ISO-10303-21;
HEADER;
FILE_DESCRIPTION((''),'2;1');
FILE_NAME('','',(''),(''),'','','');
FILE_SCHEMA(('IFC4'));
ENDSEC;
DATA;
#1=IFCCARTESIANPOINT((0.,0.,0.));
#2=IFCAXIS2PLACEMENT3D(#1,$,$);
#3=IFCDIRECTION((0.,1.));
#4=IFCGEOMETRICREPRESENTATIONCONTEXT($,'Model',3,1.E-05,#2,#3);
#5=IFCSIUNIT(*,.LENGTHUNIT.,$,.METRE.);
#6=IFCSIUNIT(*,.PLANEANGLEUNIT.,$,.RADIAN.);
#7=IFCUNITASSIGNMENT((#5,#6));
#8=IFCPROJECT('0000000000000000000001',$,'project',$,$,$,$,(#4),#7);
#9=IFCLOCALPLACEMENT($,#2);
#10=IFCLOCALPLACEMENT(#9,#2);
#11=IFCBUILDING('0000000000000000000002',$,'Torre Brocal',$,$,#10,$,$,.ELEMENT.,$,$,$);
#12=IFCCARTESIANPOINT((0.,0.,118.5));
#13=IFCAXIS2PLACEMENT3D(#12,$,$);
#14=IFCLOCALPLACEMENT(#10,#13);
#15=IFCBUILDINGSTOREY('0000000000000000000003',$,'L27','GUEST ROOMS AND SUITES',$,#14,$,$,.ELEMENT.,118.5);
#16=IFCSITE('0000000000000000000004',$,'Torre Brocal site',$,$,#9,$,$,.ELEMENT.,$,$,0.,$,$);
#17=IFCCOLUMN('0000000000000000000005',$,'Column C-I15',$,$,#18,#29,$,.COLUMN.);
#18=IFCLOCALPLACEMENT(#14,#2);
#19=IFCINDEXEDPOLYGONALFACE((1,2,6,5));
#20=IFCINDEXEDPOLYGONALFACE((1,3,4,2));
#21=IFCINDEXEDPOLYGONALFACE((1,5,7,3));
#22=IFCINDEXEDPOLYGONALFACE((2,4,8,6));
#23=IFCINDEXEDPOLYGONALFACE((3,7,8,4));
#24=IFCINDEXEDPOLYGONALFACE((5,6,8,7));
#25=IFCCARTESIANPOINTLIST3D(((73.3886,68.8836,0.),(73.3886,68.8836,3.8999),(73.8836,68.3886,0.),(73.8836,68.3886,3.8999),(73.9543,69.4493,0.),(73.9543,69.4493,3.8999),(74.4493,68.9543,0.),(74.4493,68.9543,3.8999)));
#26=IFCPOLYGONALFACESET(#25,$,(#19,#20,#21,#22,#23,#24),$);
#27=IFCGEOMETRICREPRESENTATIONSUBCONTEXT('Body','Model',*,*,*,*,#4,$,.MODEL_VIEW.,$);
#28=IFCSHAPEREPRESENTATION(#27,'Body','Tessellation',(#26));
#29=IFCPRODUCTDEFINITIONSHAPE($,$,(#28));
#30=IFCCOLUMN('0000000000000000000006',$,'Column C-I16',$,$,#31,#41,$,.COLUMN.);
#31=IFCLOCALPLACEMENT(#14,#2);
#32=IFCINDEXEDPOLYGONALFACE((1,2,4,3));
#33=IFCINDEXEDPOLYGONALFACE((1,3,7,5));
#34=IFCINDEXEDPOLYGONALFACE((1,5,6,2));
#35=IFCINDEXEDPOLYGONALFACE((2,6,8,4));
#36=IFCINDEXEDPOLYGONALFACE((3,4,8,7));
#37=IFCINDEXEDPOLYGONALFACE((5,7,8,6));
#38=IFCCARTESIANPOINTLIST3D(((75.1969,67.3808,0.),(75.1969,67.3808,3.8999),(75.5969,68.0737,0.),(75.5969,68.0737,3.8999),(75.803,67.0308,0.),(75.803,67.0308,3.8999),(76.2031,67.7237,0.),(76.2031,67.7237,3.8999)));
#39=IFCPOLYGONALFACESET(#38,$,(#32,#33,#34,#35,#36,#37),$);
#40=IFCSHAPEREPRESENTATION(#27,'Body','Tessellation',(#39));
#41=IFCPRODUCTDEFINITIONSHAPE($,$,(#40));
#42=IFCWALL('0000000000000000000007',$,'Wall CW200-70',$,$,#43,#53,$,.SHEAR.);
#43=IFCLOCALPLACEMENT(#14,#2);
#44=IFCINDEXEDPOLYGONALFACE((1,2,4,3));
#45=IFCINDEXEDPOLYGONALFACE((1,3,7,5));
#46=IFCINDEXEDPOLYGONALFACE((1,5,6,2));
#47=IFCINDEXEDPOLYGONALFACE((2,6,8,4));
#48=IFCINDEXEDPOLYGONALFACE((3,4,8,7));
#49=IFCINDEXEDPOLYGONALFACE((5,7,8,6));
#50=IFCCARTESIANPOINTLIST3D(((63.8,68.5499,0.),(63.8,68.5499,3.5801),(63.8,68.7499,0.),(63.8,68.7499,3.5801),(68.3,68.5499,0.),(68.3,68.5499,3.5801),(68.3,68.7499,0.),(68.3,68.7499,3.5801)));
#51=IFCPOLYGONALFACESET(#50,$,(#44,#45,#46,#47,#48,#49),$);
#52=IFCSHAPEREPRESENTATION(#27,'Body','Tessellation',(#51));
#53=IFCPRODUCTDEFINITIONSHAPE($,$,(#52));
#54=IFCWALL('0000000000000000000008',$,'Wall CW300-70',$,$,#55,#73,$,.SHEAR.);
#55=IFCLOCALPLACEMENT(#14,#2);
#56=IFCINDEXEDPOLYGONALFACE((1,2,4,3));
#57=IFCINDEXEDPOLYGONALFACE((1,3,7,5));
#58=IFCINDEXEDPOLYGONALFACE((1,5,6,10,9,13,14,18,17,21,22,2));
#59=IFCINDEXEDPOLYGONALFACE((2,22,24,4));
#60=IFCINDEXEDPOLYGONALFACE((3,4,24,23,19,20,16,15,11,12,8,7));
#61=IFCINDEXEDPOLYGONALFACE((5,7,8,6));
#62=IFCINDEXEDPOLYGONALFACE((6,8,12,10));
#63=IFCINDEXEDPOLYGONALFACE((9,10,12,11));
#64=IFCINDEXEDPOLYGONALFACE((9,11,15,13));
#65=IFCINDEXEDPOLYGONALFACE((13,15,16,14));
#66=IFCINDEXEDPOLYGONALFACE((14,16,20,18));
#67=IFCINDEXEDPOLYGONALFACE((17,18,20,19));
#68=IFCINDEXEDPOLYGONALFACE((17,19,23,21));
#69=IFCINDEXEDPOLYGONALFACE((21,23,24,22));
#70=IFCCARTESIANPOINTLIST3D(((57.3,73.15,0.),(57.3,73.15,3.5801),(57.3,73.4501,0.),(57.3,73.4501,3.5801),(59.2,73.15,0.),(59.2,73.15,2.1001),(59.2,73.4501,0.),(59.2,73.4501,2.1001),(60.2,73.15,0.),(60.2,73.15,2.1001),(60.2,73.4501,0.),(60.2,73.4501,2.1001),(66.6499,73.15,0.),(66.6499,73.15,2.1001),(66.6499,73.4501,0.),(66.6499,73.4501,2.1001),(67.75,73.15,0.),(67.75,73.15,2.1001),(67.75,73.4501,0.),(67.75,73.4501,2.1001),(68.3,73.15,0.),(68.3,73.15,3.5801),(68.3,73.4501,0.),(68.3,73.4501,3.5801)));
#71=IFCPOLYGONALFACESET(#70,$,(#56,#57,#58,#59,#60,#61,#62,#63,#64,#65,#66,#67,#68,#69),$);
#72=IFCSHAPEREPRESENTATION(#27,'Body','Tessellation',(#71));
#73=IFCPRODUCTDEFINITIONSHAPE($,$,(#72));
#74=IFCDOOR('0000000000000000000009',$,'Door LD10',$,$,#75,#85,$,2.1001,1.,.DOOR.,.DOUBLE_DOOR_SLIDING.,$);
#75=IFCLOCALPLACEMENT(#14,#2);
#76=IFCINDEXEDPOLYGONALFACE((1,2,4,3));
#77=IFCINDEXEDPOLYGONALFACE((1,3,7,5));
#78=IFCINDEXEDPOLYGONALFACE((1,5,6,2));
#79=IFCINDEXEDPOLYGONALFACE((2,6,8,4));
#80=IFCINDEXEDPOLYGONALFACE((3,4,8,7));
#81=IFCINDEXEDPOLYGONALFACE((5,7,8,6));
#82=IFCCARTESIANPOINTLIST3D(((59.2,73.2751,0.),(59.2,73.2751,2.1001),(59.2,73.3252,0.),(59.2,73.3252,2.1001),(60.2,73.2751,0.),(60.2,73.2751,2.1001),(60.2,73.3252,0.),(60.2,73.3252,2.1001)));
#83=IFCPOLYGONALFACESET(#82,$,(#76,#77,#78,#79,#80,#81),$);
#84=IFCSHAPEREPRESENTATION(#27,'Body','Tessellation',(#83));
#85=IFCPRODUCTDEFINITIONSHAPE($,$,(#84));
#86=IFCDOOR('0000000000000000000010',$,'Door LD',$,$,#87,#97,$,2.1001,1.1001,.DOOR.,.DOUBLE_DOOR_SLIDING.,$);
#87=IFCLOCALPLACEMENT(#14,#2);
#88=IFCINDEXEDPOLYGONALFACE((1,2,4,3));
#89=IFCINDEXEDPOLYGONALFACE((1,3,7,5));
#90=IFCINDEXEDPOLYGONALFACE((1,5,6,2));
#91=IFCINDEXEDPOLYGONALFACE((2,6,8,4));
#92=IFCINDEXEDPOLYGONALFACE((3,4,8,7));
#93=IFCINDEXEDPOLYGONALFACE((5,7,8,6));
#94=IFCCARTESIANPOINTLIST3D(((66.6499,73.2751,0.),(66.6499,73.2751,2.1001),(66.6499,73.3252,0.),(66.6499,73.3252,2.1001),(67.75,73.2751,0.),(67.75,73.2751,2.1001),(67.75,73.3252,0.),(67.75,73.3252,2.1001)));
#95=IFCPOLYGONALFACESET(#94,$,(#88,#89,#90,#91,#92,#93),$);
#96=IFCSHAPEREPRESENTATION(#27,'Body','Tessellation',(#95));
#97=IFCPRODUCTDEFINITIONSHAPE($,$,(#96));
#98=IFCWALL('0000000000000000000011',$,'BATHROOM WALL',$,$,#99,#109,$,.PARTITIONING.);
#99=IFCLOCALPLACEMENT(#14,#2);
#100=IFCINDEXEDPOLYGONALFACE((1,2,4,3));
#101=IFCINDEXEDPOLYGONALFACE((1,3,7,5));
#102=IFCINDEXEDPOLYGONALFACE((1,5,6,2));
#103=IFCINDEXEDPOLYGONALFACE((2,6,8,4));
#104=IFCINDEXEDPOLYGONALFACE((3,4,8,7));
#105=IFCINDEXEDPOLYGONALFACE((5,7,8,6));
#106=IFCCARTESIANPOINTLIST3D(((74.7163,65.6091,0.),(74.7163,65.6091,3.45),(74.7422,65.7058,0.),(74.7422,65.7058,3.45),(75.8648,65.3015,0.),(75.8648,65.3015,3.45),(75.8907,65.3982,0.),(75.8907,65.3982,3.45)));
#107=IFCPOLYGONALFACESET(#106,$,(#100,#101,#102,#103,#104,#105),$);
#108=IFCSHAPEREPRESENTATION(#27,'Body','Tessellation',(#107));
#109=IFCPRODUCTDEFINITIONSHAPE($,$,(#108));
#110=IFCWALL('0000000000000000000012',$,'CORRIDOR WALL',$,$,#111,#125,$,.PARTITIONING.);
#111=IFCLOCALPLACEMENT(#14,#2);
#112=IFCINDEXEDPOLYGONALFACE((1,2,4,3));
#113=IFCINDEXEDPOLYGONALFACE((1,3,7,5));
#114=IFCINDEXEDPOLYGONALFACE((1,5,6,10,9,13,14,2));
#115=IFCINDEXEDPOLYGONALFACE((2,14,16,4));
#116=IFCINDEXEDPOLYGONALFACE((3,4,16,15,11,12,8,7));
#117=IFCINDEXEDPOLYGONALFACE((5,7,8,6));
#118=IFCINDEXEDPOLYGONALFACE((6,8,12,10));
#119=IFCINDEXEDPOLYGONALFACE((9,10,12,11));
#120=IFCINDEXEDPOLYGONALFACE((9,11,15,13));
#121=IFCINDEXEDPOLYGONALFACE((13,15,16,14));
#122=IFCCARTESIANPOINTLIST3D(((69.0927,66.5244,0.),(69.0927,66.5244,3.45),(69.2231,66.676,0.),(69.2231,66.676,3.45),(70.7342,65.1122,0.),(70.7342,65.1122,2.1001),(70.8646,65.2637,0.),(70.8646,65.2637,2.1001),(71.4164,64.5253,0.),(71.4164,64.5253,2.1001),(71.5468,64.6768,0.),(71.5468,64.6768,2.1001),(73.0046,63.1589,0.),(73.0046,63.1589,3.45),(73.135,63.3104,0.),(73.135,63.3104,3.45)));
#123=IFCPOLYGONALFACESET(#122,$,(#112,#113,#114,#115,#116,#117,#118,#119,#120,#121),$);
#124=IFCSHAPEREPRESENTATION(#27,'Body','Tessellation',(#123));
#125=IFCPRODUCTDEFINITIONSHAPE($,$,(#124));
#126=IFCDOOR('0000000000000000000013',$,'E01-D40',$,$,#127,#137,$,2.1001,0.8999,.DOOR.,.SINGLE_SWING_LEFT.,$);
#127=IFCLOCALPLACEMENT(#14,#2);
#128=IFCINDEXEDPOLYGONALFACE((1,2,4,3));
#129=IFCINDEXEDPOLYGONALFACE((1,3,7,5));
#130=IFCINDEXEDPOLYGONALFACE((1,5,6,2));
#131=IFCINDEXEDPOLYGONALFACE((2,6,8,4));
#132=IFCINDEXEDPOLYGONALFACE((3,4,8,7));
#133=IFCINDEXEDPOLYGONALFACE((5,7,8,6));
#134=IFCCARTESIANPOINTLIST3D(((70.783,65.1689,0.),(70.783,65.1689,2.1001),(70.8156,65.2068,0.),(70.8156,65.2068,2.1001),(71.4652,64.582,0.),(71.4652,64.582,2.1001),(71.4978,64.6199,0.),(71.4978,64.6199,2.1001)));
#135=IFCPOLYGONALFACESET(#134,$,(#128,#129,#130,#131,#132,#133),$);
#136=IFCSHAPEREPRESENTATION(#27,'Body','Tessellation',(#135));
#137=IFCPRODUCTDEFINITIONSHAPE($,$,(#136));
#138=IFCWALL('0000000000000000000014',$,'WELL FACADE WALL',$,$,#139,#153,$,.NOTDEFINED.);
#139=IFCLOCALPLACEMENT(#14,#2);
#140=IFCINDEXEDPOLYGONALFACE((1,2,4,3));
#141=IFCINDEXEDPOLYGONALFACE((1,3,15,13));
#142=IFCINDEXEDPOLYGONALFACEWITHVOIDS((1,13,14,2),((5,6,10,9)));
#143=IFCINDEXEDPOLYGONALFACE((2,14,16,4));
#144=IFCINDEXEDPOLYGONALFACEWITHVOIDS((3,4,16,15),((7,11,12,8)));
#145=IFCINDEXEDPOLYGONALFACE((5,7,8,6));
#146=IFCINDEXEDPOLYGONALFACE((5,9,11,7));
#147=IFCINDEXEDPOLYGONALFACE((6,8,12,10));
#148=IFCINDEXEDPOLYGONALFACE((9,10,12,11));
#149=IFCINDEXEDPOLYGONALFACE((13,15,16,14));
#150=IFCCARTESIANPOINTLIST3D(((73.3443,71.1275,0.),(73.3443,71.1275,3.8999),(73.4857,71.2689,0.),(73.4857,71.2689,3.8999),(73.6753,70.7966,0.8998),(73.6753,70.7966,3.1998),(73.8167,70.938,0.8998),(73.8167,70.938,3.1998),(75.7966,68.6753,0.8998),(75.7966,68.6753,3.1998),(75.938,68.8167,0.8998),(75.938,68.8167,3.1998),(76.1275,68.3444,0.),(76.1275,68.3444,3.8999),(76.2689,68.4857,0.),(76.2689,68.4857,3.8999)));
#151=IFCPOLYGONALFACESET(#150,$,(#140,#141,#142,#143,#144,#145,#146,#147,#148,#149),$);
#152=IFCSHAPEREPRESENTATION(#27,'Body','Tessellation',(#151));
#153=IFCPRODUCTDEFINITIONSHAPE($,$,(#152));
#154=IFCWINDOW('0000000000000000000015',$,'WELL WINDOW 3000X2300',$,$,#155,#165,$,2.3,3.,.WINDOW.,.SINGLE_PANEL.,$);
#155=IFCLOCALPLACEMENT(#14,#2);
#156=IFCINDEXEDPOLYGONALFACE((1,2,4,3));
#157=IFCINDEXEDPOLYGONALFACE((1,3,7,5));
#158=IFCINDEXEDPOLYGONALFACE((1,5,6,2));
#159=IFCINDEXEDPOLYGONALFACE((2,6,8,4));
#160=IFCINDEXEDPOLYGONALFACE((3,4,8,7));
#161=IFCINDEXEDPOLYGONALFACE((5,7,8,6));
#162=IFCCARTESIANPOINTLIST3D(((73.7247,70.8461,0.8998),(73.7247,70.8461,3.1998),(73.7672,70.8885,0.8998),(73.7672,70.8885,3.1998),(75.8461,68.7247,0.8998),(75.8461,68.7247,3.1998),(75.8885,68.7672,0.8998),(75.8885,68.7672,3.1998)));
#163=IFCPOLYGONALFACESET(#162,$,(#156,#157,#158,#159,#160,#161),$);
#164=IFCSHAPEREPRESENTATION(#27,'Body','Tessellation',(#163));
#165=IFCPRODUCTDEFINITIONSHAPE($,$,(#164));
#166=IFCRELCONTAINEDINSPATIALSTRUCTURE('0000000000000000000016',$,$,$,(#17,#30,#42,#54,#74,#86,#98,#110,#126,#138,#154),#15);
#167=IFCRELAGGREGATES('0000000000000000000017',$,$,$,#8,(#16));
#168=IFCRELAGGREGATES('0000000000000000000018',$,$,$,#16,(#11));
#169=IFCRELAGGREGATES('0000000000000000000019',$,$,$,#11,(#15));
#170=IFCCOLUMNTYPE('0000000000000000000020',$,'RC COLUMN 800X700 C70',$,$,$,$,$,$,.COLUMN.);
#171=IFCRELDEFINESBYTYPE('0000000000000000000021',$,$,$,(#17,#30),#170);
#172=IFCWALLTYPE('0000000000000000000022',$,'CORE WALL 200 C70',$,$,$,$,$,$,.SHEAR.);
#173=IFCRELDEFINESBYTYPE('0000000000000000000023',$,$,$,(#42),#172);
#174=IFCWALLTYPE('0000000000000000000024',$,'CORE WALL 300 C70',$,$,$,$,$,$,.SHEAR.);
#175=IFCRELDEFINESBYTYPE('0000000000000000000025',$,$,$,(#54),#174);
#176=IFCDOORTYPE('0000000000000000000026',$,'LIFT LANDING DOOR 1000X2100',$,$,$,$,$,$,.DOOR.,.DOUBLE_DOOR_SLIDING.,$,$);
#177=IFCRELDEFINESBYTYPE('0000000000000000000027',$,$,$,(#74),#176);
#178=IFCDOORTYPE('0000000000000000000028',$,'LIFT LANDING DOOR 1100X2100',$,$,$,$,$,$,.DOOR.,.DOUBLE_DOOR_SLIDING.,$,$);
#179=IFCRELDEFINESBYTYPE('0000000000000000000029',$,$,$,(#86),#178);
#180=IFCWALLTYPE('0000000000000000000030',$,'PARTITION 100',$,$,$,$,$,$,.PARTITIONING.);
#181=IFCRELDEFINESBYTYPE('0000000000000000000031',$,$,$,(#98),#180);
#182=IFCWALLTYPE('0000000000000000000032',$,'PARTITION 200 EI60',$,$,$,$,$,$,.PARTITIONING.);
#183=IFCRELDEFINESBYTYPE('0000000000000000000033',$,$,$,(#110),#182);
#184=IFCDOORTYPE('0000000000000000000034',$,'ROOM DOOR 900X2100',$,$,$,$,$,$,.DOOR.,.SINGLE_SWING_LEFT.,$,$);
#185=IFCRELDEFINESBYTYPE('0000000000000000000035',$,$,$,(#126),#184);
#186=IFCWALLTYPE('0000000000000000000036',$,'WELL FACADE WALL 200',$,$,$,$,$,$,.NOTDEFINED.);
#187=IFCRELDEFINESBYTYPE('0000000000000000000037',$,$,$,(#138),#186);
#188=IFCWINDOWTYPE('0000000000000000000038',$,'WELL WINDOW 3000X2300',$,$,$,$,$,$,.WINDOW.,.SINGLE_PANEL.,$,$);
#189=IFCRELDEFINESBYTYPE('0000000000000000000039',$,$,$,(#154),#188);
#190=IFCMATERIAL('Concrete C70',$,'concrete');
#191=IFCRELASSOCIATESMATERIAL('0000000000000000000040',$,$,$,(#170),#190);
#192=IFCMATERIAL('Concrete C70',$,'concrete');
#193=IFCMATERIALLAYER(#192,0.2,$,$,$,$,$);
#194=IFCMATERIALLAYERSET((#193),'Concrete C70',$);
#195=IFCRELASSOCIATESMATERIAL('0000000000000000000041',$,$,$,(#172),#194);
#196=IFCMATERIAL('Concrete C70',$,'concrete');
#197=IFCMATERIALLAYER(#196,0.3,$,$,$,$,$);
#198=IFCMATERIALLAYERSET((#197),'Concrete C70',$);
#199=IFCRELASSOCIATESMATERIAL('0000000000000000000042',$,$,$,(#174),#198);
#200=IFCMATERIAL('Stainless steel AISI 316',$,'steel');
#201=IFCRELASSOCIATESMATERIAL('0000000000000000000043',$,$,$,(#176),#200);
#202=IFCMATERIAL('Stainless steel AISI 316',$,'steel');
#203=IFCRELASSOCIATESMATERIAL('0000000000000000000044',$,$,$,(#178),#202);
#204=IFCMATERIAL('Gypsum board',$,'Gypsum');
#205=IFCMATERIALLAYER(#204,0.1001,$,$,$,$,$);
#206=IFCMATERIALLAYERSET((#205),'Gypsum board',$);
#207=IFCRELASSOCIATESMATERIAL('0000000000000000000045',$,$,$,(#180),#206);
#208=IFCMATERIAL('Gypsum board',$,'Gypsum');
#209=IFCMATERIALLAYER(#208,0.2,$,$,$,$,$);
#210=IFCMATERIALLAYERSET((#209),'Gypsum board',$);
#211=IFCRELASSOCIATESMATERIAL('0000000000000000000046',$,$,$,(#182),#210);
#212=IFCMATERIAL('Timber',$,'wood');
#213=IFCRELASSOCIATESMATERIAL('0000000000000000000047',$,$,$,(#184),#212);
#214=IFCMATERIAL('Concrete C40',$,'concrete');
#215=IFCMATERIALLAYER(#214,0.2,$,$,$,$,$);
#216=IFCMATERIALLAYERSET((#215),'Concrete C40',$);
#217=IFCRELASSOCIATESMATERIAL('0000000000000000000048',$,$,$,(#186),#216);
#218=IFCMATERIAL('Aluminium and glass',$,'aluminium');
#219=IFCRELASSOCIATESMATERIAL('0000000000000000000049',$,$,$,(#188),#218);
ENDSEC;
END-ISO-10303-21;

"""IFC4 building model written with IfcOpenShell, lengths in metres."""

from ifc_helpers import new_model, si_unit, direction, frame, frame_2d, origin, origin_2d, place, context, subcontext, project, spatial, rectangle, extrude, material, layer, layer_set, material_profile, profile_set, type_object, element, fill, save


model = new_model("IFC4")

# Units and contexts
model_context = context("Model", 3, precision=1e-05, world=origin(), true_north=direction((0.0, 1.0)))
body_context = subcontext(model_context, "Body", "Model", "MODEL_VIEW")
ifc_project = project(units=[si_unit("LENGTHUNIT", "METRE"), si_unit("PLANEANGLEUNIT", "RADIAN")], contexts=[model_context])

# Site, building, storey
site_placement = place(None, origin())
site = spatial("IfcSite", under=ifc_project, at=site_placement, Name="Torre Brocal site", CompositionType="ELEMENT", RefElevation=0.0)
building_placement = place(site_placement, origin())
building = spatial("IfcBuilding", under=site, at=building_placement, Name="Torre Brocal", CompositionType="ELEMENT")
storey_placement = place(building_placement, frame((0.0, 0.0, 118.5)))
storey = spatial("IfcBuildingStorey", under=building, at=storey_placement, Name="L27", Description="GUEST ROOMS AND SUITES", CompositionType="ELEMENT", Elevation=118.5)

# Columns
ifc_material_1 = material(Name="Concrete C70", Category="concrete")
ifc_material_profile = material_profile(ifc_material_1, rectangle(XDim=0.8, YDim=0.7, at=origin_2d()), Name="RC 800X700")
ifc_profile_set = profile_set([ifc_material_profile], Name="Concrete C70")
column_type = type_object("IfcColumnType", Name="RC COLUMN 800X700 C70", PredefinedType="COLUMN", material=ifc_profile_set)
for number, where, z_axis, x_axis, name in (
    (1, (73.9189, 68.9189, 0.0), (0.0, 0.0, 1.0), (-0.707107, -0.707107, 0.0), "Column C-I15"),
    (2, (75.7, 67.5522, 0.0), (0.0, 0.0, 1.0), (-0.5, -0.866025, 0.0), "Column C-I16"),
):
    element("IfcColumn", number, at=place(storey_placement, frame(where, z_axis=z_axis, x_axis=x_axis)), inside=storey, type_object=column_type, Name=name, PredefinedType="COLUMN", context=body_context, shape_type="SweptSolid", body=[
        extrude(rectangle(XDim=0.8, YDim=0.7, at=origin_2d()), origin(), (0.0, 0.0, 1.0), 3.8999),
    ])

# Wall
ifc_material_2 = material(Name="Concrete C70", Category="concrete")
ifc_layer_1 = layer(ifc_material_2, 0.2)
ifc_layer_set_1 = layer_set([ifc_layer_1], Name="Concrete C70")
wall_type_1 = type_object("IfcWallType", Name="CORE WALL 200 C70", PredefinedType="SHEAR", material=ifc_layer_set_1)
wall_1_placement = place(storey_placement, frame((68.3, 68.6499, 0.0), z_axis=(0.0, 0.0, 1.0), x_axis=(-1.0, 0.0, 0.0)))
element("IfcWall", 3, at=wall_1_placement, inside=storey, type_object=wall_type_1, Name="Wall CW200-70", PredefinedType="SHEAR", context=body_context, shape_type="SweptSolid", body=[
    extrude(rectangle(XDim=4.5, YDim=0.2, at=frame_2d((2.25, 0.0))), origin(), (0.0, 0.0, 1.0), 3.5801),
])

# Wall, openings, doors
ifc_material_3 = material(Name="Concrete C70", Category="concrete")
ifc_layer_2 = layer(ifc_material_3, 0.3)
ifc_layer_set_2 = layer_set([ifc_layer_2], Name="Concrete C70")
wall_type_2 = type_object("IfcWallType", Name="CORE WALL 300 C70", PredefinedType="SHEAR", material=ifc_layer_set_2)
wall_2_placement = place(storey_placement, frame((68.3, 73.3, 0.0), z_axis=(0.0, 0.0, 1.0), x_axis=(-1.0, 0.0, 0.0)))
wall_2 = element("IfcWall", 4, at=wall_2_placement, inside=storey, type_object=wall_type_2, Name="Wall CW300-70", PredefinedType="SHEAR", context=body_context, shape_type="SweptSolid", body=[
    extrude(rectangle(XDim=11.0, YDim=0.3, at=frame_2d((5.5, 0.0))), origin(), (0.0, 0.0, 1.0), 3.5801),
])
opening_1_placement = place(wall_2_placement, frame((0.55, 0.0, 0.0)))
opening_1 = element("IfcOpeningElement", 5, at=opening_1_placement, cuts=wall_2, PredefinedType="OPENING", context=body_context, shape_type="SweptSolid", body=[
    extrude(rectangle(XDim=1.1001, YDim=2.1001, at=frame_2d((0.55, 1.05))), frame((0.0, 0.1599, 0.0), z_axis=(0.0, -1.0, 0.0), x_axis=(1.0, 0.0, 0.0)), (0.0, 0.0, 1.0), 0.3201),
])
opening_2_placement = place(wall_2_placement, frame((8.1001, 0.0, 0.0)))
opening_2 = element("IfcOpeningElement", 6, at=opening_2_placement, cuts=wall_2, PredefinedType="OPENING", context=body_context, shape_type="SweptSolid", body=[
    extrude(rectangle(XDim=1.0, YDim=2.1001, at=frame_2d((0.5, 1.05))), frame((0.0, 0.1599, 0.0), z_axis=(0.0, -1.0, 0.0), x_axis=(1.0, 0.0, 0.0)), (0.0, 0.0, 1.0), 0.3201),
])
ifc_material_4 = material(Name="Stainless steel AISI 316", Category="steel")
door_type_1 = type_object("IfcDoorType", Name="LIFT LANDING DOOR 1000X2100", OperationType="DOUBLE_DOOR_SLIDING", PredefinedType="DOOR", material=ifc_material_4)
door_1_placement = place(opening_2_placement, origin())
door_1 = element("IfcDoor", 7, at=door_1_placement, inside=storey, type_object=door_type_1, Name="Door LD10", OperationType="DOUBLE_DOOR_SLIDING", OverallHeight=2.1001, OverallWidth=1.0, PredefinedType="DOOR", context=body_context, shape_type="SweptSolid", body=[
    extrude(rectangle(XDim=1.0, YDim=2.1001, at=frame_2d((0.5, 1.05))), frame((0.0, 0.0249, 0.0), z_axis=(0.0, -1.0, 0.0), x_axis=(1.0, 0.0, 0.0)), (0.0, 0.0, 1.0), 0.05),
])
fill(opening_2, door_1)
ifc_material_5 = material(Name="Stainless steel AISI 316", Category="steel")
door_type_2 = type_object("IfcDoorType", Name="LIFT LANDING DOOR 1100X2100", OperationType="DOUBLE_DOOR_SLIDING", PredefinedType="DOOR", material=ifc_material_5)
door_2_placement = place(opening_1_placement, origin())
door_2 = element("IfcDoor", 8, at=door_2_placement, inside=storey, type_object=door_type_2, Name="Door LD", OperationType="DOUBLE_DOOR_SLIDING", OverallHeight=2.1001, OverallWidth=1.1001, PredefinedType="DOOR", context=body_context, shape_type="SweptSolid", body=[
    extrude(rectangle(XDim=1.1001, YDim=2.1001, at=frame_2d((0.55, 1.05))), frame((0.0, 0.0249, 0.0), z_axis=(0.0, -1.0, 0.0), x_axis=(1.0, 0.0, 0.0)), (0.0, 0.0, 1.0), 0.05),
])
fill(opening_1, door_2)

# Wall
ifc_material_6 = material(Name="Gypsum board", Category="Gypsum")
ifc_layer_3 = layer(ifc_material_6, 0.1001)
ifc_layer_set_3 = layer_set([ifc_layer_3], Name="Gypsum board")
wall_type_3 = type_object("IfcWallType", Name="PARTITION 100", PredefinedType="PARTITIONING", material=ifc_layer_set_3)
wall_3_placement = place(storey_placement, frame((74.7292, 65.6575, 0.0), z_axis=(0.0, 0.0, 1.0), x_axis=(0.965948, -0.258736, 0.0)))
element("IfcWall", 9, at=wall_3_placement, inside=storey, type_object=wall_type_3, Name="BATHROOM WALL", PredefinedType="PARTITIONING", context=body_context, shape_type="SweptSolid", body=[
    extrude(rectangle(XDim=1.189, YDim=0.1001, at=frame_2d((0.5945, 0.0))), origin(), (0.0, 0.0, 1.0), 3.45),
])

# Wall, opening, door
ifc_material_7 = material(Name="Gypsum board", Category="Gypsum")
ifc_layer_4 = layer(ifc_material_7, 0.2)
ifc_layer_set_4 = layer_set([ifc_layer_4], Name="Gypsum board")
wall_type_4 = type_object("IfcWallType", Name="PARTITION 200 EI60", PredefinedType="PARTITIONING", material=ifc_layer_set_4)
wall_4_placement = place(storey_placement, frame((69.158, 66.6001, 0.0), z_axis=(0.0, 0.0, 1.0), x_axis=(0.758063, -0.652181, 0.0)))
wall_4 = element("IfcWall", 10, at=wall_4_placement, inside=storey, type_object=wall_type_4, Name="CORRIDOR WALL", PredefinedType="PARTITIONING", context=body_context, shape_type="SweptSolid", body=[
    extrude(rectangle(XDim=5.1604, YDim=0.2, at=frame_2d((2.5801, 0.0))), origin(), (0.0, 0.0, 1.0), 3.45),
])
opening_3_placement = place(wall_4_placement, frame((2.1653, 0.0, 0.0)))
opening_3 = element("IfcOpeningElement", 11, at=opening_3_placement, cuts=wall_4, PredefinedType="OPENING", context=body_context, shape_type="SweptSolid", body=[
    extrude(rectangle(XDim=0.8999, YDim=2.1001, at=frame_2d((0.45, 1.05))), frame((0.0, 0.1099, 0.0), z_axis=(0.0, -1.0, 0.0), x_axis=(1.0, 0.0, 0.0)), (0.0, 0.0, 1.0), 0.22),
])
ifc_material_8 = material(Name="Timber", Category="wood")
door_type_3 = type_object("IfcDoorType", Name="ROOM DOOR 900X2100", OperationType="SINGLE_SWING_LEFT", PredefinedType="DOOR", material=ifc_material_8)
door_3_placement = place(opening_3_placement, origin())
door_3 = element("IfcDoor", 12, at=door_3_placement, inside=storey, type_object=door_type_3, Name="E01-D40", OperationType="SINGLE_SWING_LEFT", OverallHeight=2.1001, OverallWidth=0.8999, PredefinedType="DOOR", context=body_context, shape_type="SweptSolid", body=[
    extrude(rectangle(XDim=0.8999, YDim=2.1001, at=frame_2d((0.45, 1.05))), frame((0.0, 0.0249, 0.0), z_axis=(0.0, -1.0, 0.0), x_axis=(1.0, 0.0, 0.0)), (0.0, 0.0, 1.0), 0.05),
])
fill(opening_3, door_3)

# Wall, opening, window
ifc_material_9 = material(Name="Concrete C40", Category="concrete")
ifc_layer_5 = layer(ifc_material_9, 0.2)
ifc_layer_set_5 = layer_set([ifc_layer_5], Name="Concrete C40")
wall_type_5 = type_object("IfcWallType", Name="WELL FACADE WALL 200", PredefinedType="NOTDEFINED", material=ifc_layer_set_5)
wall_5_placement = place(storey_placement, frame((73.415, 71.1982, 0.0), z_axis=(0.0, 0.0, 1.0), x_axis=(0.707107, -0.707107, 0.0)))
wall_5 = element("IfcWall", 13, at=wall_5_placement, inside=storey, type_object=wall_type_5, Name="WELL FACADE WALL", PredefinedType="NOTDEFINED", context=body_context, shape_type="SweptSolid", body=[
    extrude(rectangle(XDim=3.936, YDim=0.2, at=frame_2d((1.968, 0.0))), origin(), (0.0, 0.0, 1.0), 3.8999),
])
opening_4_placement = place(wall_5_placement, frame((0.468, 0.0, 0.8999)))
opening_4 = element("IfcOpeningElement", 14, at=opening_4_placement, cuts=wall_5, PredefinedType="OPENING", context=body_context, shape_type="SweptSolid", body=[
    extrude(rectangle(XDim=3.0, YDim=2.3, at=frame_2d((1.5, 1.1499))), frame((0.0, 0.1099, 0.0), z_axis=(0.0, -1.0, 0.0), x_axis=(1.0, 0.0, 0.0)), (0.0, 0.0, 1.0), 0.22),
])
ifc_material_10 = material(Name="Aluminium and glass", Category="aluminium")
window_type = type_object("IfcWindowType", Name="WELL WINDOW 3000X2300", PartitioningType="SINGLE_PANEL", PredefinedType="WINDOW", material=ifc_material_10)
window_1_placement = place(opening_4_placement, origin())
window_1 = element("IfcWindow", 15, at=window_1_placement, inside=storey, type_object=window_type, Name="WELL WINDOW 3000X2300", OverallHeight=2.3, OverallWidth=3.0, PartitioningType="SINGLE_PANEL", PredefinedType="WINDOW", context=body_context, shape_type="SweptSolid", body=[
    extrude(rectangle(XDim=3.0, YDim=2.3, at=frame_2d((1.5, 1.1499))), frame((0.0, 0.03, 0.0), z_axis=(0.0, -1.0, 0.0), x_axis=(1.0, 0.0, 0.0)), (0.0, 0.0, 1.0), 0.0601),
])
fill(opening_4, window_1)

save(model, "model.ifc")
